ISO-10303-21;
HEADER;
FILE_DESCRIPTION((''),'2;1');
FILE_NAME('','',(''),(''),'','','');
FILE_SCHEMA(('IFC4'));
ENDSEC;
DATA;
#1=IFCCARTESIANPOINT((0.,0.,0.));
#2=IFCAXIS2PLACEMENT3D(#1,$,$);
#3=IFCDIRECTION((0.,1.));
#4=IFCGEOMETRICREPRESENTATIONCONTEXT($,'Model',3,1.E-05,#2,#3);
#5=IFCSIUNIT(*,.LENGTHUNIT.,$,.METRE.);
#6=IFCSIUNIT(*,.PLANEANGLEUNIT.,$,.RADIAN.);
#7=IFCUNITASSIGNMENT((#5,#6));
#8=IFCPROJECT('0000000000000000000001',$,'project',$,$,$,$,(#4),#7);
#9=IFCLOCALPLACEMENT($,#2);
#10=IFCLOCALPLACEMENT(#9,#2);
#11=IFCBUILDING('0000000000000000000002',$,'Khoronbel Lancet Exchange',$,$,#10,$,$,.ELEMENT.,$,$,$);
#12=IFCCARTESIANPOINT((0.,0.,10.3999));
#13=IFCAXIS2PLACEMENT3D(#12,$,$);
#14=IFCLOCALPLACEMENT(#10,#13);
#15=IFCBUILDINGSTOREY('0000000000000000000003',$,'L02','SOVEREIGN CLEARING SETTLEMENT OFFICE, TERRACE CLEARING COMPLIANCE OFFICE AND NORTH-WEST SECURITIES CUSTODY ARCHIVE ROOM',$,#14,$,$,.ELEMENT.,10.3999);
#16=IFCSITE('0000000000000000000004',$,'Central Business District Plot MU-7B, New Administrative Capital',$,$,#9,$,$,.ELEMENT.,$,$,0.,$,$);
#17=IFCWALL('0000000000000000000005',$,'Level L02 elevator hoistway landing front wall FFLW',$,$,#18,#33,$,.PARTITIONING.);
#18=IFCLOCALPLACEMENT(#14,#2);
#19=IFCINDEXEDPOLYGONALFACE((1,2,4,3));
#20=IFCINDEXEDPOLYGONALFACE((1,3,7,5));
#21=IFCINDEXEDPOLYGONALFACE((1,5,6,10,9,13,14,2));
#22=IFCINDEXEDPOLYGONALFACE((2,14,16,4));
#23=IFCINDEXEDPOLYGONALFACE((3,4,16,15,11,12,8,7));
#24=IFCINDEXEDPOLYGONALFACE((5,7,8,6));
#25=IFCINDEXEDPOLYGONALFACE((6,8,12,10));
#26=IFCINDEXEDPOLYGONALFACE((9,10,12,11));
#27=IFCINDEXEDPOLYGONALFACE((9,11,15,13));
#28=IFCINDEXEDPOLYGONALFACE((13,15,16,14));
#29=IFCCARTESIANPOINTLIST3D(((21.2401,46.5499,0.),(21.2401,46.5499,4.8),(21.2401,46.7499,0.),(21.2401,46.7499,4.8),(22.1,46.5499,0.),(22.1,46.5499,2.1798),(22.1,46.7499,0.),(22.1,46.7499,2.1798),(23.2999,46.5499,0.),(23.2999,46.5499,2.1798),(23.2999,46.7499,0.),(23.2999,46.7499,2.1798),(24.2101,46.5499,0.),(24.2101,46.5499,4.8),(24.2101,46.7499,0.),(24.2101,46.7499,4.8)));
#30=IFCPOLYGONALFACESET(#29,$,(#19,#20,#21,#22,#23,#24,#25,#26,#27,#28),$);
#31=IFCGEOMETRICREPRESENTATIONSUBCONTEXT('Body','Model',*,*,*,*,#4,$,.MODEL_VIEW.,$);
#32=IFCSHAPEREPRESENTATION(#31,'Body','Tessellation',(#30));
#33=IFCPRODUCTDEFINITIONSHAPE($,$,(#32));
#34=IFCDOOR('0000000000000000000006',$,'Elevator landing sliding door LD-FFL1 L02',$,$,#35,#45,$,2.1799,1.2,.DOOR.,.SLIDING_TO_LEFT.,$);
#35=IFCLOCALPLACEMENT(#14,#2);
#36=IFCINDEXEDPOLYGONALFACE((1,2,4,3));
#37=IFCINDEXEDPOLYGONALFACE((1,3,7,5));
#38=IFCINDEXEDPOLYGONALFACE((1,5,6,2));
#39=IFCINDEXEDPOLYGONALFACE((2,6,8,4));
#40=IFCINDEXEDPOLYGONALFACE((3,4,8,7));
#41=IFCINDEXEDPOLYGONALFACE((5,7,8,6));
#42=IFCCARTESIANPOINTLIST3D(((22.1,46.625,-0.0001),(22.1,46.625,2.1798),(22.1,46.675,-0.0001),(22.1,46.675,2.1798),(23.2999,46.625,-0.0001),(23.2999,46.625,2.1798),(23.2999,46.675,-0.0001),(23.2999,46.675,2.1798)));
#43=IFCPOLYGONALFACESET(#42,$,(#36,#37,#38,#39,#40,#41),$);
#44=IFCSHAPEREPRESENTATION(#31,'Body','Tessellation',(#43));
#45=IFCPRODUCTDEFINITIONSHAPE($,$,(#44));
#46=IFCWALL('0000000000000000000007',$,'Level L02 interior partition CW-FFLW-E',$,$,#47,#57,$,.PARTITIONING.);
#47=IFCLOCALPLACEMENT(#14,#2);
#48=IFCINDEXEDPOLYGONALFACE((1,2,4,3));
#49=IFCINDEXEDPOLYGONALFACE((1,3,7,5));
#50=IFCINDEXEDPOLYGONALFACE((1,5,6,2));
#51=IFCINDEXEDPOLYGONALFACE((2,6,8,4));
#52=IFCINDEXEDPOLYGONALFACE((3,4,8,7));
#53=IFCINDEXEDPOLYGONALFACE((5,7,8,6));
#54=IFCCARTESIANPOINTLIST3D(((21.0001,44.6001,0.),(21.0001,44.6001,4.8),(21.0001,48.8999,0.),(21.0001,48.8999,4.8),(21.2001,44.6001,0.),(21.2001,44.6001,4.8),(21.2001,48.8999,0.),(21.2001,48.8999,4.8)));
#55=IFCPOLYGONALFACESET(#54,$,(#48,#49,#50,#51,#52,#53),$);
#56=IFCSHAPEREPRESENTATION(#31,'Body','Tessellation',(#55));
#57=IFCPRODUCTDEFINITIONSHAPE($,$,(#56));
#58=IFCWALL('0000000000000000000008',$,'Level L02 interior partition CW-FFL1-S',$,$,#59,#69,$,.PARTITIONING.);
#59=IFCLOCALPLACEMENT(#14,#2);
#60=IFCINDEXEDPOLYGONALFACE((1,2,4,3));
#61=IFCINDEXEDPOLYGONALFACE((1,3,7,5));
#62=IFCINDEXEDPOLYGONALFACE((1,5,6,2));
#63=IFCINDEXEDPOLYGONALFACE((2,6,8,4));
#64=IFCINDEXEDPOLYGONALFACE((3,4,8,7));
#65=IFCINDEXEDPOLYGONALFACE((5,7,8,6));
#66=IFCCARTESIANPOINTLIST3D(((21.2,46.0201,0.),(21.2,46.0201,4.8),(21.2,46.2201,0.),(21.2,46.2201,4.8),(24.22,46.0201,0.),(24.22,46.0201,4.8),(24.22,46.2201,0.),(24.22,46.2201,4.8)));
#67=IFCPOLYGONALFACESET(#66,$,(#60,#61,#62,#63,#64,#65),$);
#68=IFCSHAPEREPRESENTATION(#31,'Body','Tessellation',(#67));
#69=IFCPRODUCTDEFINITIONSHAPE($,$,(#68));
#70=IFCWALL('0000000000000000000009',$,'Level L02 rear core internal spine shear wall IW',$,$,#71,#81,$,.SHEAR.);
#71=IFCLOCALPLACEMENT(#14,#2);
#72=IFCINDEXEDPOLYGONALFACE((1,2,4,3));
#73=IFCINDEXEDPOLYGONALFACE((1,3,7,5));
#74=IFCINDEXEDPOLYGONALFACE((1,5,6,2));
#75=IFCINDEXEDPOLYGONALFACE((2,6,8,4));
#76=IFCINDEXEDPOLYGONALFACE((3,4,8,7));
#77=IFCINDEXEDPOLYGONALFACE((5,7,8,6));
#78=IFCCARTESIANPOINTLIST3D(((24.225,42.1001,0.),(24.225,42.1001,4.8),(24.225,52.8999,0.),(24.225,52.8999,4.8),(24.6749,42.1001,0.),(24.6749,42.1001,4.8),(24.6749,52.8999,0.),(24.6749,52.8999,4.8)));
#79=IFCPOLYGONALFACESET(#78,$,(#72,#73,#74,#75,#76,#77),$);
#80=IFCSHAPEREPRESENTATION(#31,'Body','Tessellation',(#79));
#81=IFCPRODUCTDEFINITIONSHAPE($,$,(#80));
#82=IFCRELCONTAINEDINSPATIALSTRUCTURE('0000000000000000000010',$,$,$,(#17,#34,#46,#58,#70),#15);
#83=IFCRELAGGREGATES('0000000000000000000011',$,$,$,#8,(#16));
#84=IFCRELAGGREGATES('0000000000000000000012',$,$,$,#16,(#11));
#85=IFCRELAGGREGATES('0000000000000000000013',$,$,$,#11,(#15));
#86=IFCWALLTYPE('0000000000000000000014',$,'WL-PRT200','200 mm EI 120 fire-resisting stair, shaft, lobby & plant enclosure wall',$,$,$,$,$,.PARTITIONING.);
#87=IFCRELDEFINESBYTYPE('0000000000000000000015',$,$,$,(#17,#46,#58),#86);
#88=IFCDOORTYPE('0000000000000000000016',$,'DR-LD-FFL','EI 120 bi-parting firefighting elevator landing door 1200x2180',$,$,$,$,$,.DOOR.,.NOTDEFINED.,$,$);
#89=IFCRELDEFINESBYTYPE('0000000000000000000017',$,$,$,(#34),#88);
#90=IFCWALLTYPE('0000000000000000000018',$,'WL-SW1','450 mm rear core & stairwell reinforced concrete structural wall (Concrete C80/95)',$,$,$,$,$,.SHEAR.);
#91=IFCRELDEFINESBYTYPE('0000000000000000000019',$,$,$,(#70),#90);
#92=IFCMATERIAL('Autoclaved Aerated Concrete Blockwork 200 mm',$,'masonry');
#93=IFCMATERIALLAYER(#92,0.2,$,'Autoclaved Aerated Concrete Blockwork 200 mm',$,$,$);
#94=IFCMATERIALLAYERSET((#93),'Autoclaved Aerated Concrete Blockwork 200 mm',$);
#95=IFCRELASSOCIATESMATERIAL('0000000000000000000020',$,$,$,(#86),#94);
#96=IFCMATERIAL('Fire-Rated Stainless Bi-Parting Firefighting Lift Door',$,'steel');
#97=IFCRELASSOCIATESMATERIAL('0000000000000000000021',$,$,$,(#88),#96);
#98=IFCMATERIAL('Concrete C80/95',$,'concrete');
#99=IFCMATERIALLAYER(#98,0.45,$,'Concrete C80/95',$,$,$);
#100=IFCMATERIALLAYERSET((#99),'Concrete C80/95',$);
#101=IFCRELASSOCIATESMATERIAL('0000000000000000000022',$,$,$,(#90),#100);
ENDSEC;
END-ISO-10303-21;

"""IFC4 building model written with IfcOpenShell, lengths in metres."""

from ifc_helpers import new_model, si_unit, direction, frame, frame_2d, origin, place, context, subcontext, project, spatial, rectangle, extrude, material, layer, layer_set, type_object, element, fill, save


model = new_model("IFC4")

# Units and contexts
model_context = context("Model", 3, precision=1e-05, world=origin(), true_north=direction((0.0, 1.0)))
body_context = subcontext(model_context, "Body", "Model", "MODEL_VIEW")
ifc_project = project(units=[si_unit("LENGTHUNIT", "METRE"), si_unit("PLANEANGLEUNIT", "RADIAN")], contexts=[model_context])

# Site, building, storey
site_placement = place(None, origin())
site = spatial("IfcSite", under=ifc_project, at=site_placement, Name="Central Business District Plot MU-7B, New Administrative Capital", CompositionType="ELEMENT", RefElevation=0.0)
building_placement = place(site_placement, origin())
building = spatial("IfcBuilding", under=site, at=building_placement, Name="Khoronbel Lancet Exchange", CompositionType="ELEMENT")
storey_placement = place(building_placement, frame((0.0, 0.0, 10.3999)))
storey = spatial("IfcBuildingStorey", under=building, at=storey_placement, Name="L02", Description="SOVEREIGN CLEARING SETTLEMENT OFFICE, TERRACE CLEARING COMPLIANCE OFFICE AND NORTH-WEST SECURITIES CUSTODY ARCHIVE ROOM", CompositionType="ELEMENT", Elevation=10.3999)

# Shared definitions
ifc_material_1 = material(Name="Concrete C80/95", Category="concrete")

# Wall, opening, door
ifc_material_2 = material(Name="Autoclaved Aerated Concrete Blockwork 200 mm", Category="masonry")
ifc_layer_1 = layer(ifc_material_2, 0.2, Name="Autoclaved Aerated Concrete Blockwork 200 mm")
ifc_layer_set_1 = layer_set([ifc_layer_1], Name="Autoclaved Aerated Concrete Blockwork 200 mm")
wall_type_1 = type_object("IfcWallType", Name="WL-PRT200", Description="200 mm EI 120 fire-resisting stair, shaft, lobby & plant enclosure wall", PredefinedType="PARTITIONING", material=ifc_layer_set_1)
wall_1_placement = place(storey_placement, frame((24.21, 46.6499, 0.0), z_axis=(0.0, 0.0, 1.0), x_axis=(-1.0, 0.0, 0.0)))
wall_1 = element("IfcWall", 1, at=wall_1_placement, inside=storey, type_object=wall_type_1, Name="Level L02 elevator hoistway landing front wall FFLW", PredefinedType="PARTITIONING", context=body_context, shape_type="SweptSolid", body=[
    extrude(rectangle(XDim=2.97, YDim=0.2, at=frame_2d((1.4849, 0.0))), origin(), (0.0, 0.0, 1.0), 4.8),
])
opening_1_placement = place(wall_1_placement, frame((0.9099, 0.0, 0.0)))
opening_1 = element("IfcOpeningElement", 2, at=opening_1_placement, cuts=wall_1, PredefinedType="OPENING", context=body_context, shape_type="SweptSolid", body=[
    extrude(rectangle(XDim=1.2, YDim=2.1799, at=frame_2d((0.6001, 1.0898))), frame((0.0, 0.1099, 0.0), z_axis=(0.0, -1.0, 0.0), x_axis=(1.0, 0.0, 0.0)), (0.0, 0.0, 1.0), 0.22),
])
ifc_material_3 = material(Name="Fire-Rated Stainless Bi-Parting Firefighting Lift Door", Category="steel")
door_type_1 = type_object("IfcDoorType", Name="DR-LD-FFL", Description="EI 120 bi-parting firefighting elevator landing door 1200x2180", OperationType="NOTDEFINED", PredefinedType="DOOR", material=ifc_material_3)
door_1_placement = place(opening_1_placement, origin())
door_1 = element("IfcDoor", 3, at=door_1_placement, inside=storey, type_object=door_type_1, Name="Elevator landing sliding door LD-FFL1 L02", OperationType="SLIDING_TO_LEFT", OverallHeight=2.1799, OverallWidth=1.2, PredefinedType="DOOR", context=body_context, shape_type="SweptSolid", body=[
    extrude(rectangle(XDim=1.2, YDim=2.1799, at=frame_2d((0.6001, 1.0898))), frame((0.0, 0.0249, 0.0), z_axis=(0.0, -1.0, 0.0), x_axis=(1.0, 0.0, 0.0)), (0.0, 0.0, 1.0), 0.05),
])
fill(opening_1, door_1)

# Wall
wall_2_placement = place(storey_placement, frame((21.1001, 44.6001, 0.0), z_axis=(0.0, 0.0, 1.0), x_axis=(0.0, 1.0, 0.0)))
element("IfcWall", 4, at=wall_2_placement, inside=storey, type_object=wall_type_1, Name="Level L02 interior partition CW-FFLW-E", PredefinedType="PARTITIONING", context=body_context, shape_type="SweptSolid", body=[
    extrude(rectangle(XDim=4.2998, YDim=0.2, at=frame_2d((2.1499, 0.0))), origin(), (0.0, 0.0, 1.0), 4.8),
])

# Wall
wall_3_placement = place(storey_placement, frame((21.2, 46.1201, 0.0), z_axis=(0.0, 0.0, 1.0), x_axis=(1.0, 0.0, 0.0)))
element("IfcWall", 5, at=wall_3_placement, inside=storey, type_object=wall_type_1, Name="Level L02 interior partition CW-FFL1-S", PredefinedType="PARTITIONING", context=body_context, shape_type="SweptSolid", body=[
    extrude(rectangle(XDim=3.02, YDim=0.2, at=frame_2d((1.51, 0.0))), origin(), (0.0, 0.0, 1.0), 4.8),
])

# Wall
ifc_layer_2 = layer(ifc_material_1, 0.45, Name="Concrete C80/95")
ifc_layer_set_2 = layer_set([ifc_layer_2], Name="Concrete C80/95")
wall_type_2 = type_object("IfcWallType", Name="WL-SW1", Description="450 mm rear core & stairwell reinforced concrete structural wall (Concrete C80/95)", PredefinedType="SHEAR", material=ifc_layer_set_2)
wall_4_placement = place(storey_placement, frame((24.45, 42.1001, 0.0), z_axis=(0.0, 0.0, 1.0), x_axis=(0.0, 1.0, 0.0)))
element("IfcWall", 6, at=wall_4_placement, inside=storey, type_object=wall_type_2, Name="Level L02 rear core internal spine shear wall IW", PredefinedType="SHEAR", context=body_context, shape_type="SweptSolid", body=[
    extrude(rectangle(XDim=10.7998, YDim=0.45, at=frame_2d((5.3999, 0.0))), origin(), (0.0, 0.0, 1.0), 4.8),
])

save(model, "model.ifc")
